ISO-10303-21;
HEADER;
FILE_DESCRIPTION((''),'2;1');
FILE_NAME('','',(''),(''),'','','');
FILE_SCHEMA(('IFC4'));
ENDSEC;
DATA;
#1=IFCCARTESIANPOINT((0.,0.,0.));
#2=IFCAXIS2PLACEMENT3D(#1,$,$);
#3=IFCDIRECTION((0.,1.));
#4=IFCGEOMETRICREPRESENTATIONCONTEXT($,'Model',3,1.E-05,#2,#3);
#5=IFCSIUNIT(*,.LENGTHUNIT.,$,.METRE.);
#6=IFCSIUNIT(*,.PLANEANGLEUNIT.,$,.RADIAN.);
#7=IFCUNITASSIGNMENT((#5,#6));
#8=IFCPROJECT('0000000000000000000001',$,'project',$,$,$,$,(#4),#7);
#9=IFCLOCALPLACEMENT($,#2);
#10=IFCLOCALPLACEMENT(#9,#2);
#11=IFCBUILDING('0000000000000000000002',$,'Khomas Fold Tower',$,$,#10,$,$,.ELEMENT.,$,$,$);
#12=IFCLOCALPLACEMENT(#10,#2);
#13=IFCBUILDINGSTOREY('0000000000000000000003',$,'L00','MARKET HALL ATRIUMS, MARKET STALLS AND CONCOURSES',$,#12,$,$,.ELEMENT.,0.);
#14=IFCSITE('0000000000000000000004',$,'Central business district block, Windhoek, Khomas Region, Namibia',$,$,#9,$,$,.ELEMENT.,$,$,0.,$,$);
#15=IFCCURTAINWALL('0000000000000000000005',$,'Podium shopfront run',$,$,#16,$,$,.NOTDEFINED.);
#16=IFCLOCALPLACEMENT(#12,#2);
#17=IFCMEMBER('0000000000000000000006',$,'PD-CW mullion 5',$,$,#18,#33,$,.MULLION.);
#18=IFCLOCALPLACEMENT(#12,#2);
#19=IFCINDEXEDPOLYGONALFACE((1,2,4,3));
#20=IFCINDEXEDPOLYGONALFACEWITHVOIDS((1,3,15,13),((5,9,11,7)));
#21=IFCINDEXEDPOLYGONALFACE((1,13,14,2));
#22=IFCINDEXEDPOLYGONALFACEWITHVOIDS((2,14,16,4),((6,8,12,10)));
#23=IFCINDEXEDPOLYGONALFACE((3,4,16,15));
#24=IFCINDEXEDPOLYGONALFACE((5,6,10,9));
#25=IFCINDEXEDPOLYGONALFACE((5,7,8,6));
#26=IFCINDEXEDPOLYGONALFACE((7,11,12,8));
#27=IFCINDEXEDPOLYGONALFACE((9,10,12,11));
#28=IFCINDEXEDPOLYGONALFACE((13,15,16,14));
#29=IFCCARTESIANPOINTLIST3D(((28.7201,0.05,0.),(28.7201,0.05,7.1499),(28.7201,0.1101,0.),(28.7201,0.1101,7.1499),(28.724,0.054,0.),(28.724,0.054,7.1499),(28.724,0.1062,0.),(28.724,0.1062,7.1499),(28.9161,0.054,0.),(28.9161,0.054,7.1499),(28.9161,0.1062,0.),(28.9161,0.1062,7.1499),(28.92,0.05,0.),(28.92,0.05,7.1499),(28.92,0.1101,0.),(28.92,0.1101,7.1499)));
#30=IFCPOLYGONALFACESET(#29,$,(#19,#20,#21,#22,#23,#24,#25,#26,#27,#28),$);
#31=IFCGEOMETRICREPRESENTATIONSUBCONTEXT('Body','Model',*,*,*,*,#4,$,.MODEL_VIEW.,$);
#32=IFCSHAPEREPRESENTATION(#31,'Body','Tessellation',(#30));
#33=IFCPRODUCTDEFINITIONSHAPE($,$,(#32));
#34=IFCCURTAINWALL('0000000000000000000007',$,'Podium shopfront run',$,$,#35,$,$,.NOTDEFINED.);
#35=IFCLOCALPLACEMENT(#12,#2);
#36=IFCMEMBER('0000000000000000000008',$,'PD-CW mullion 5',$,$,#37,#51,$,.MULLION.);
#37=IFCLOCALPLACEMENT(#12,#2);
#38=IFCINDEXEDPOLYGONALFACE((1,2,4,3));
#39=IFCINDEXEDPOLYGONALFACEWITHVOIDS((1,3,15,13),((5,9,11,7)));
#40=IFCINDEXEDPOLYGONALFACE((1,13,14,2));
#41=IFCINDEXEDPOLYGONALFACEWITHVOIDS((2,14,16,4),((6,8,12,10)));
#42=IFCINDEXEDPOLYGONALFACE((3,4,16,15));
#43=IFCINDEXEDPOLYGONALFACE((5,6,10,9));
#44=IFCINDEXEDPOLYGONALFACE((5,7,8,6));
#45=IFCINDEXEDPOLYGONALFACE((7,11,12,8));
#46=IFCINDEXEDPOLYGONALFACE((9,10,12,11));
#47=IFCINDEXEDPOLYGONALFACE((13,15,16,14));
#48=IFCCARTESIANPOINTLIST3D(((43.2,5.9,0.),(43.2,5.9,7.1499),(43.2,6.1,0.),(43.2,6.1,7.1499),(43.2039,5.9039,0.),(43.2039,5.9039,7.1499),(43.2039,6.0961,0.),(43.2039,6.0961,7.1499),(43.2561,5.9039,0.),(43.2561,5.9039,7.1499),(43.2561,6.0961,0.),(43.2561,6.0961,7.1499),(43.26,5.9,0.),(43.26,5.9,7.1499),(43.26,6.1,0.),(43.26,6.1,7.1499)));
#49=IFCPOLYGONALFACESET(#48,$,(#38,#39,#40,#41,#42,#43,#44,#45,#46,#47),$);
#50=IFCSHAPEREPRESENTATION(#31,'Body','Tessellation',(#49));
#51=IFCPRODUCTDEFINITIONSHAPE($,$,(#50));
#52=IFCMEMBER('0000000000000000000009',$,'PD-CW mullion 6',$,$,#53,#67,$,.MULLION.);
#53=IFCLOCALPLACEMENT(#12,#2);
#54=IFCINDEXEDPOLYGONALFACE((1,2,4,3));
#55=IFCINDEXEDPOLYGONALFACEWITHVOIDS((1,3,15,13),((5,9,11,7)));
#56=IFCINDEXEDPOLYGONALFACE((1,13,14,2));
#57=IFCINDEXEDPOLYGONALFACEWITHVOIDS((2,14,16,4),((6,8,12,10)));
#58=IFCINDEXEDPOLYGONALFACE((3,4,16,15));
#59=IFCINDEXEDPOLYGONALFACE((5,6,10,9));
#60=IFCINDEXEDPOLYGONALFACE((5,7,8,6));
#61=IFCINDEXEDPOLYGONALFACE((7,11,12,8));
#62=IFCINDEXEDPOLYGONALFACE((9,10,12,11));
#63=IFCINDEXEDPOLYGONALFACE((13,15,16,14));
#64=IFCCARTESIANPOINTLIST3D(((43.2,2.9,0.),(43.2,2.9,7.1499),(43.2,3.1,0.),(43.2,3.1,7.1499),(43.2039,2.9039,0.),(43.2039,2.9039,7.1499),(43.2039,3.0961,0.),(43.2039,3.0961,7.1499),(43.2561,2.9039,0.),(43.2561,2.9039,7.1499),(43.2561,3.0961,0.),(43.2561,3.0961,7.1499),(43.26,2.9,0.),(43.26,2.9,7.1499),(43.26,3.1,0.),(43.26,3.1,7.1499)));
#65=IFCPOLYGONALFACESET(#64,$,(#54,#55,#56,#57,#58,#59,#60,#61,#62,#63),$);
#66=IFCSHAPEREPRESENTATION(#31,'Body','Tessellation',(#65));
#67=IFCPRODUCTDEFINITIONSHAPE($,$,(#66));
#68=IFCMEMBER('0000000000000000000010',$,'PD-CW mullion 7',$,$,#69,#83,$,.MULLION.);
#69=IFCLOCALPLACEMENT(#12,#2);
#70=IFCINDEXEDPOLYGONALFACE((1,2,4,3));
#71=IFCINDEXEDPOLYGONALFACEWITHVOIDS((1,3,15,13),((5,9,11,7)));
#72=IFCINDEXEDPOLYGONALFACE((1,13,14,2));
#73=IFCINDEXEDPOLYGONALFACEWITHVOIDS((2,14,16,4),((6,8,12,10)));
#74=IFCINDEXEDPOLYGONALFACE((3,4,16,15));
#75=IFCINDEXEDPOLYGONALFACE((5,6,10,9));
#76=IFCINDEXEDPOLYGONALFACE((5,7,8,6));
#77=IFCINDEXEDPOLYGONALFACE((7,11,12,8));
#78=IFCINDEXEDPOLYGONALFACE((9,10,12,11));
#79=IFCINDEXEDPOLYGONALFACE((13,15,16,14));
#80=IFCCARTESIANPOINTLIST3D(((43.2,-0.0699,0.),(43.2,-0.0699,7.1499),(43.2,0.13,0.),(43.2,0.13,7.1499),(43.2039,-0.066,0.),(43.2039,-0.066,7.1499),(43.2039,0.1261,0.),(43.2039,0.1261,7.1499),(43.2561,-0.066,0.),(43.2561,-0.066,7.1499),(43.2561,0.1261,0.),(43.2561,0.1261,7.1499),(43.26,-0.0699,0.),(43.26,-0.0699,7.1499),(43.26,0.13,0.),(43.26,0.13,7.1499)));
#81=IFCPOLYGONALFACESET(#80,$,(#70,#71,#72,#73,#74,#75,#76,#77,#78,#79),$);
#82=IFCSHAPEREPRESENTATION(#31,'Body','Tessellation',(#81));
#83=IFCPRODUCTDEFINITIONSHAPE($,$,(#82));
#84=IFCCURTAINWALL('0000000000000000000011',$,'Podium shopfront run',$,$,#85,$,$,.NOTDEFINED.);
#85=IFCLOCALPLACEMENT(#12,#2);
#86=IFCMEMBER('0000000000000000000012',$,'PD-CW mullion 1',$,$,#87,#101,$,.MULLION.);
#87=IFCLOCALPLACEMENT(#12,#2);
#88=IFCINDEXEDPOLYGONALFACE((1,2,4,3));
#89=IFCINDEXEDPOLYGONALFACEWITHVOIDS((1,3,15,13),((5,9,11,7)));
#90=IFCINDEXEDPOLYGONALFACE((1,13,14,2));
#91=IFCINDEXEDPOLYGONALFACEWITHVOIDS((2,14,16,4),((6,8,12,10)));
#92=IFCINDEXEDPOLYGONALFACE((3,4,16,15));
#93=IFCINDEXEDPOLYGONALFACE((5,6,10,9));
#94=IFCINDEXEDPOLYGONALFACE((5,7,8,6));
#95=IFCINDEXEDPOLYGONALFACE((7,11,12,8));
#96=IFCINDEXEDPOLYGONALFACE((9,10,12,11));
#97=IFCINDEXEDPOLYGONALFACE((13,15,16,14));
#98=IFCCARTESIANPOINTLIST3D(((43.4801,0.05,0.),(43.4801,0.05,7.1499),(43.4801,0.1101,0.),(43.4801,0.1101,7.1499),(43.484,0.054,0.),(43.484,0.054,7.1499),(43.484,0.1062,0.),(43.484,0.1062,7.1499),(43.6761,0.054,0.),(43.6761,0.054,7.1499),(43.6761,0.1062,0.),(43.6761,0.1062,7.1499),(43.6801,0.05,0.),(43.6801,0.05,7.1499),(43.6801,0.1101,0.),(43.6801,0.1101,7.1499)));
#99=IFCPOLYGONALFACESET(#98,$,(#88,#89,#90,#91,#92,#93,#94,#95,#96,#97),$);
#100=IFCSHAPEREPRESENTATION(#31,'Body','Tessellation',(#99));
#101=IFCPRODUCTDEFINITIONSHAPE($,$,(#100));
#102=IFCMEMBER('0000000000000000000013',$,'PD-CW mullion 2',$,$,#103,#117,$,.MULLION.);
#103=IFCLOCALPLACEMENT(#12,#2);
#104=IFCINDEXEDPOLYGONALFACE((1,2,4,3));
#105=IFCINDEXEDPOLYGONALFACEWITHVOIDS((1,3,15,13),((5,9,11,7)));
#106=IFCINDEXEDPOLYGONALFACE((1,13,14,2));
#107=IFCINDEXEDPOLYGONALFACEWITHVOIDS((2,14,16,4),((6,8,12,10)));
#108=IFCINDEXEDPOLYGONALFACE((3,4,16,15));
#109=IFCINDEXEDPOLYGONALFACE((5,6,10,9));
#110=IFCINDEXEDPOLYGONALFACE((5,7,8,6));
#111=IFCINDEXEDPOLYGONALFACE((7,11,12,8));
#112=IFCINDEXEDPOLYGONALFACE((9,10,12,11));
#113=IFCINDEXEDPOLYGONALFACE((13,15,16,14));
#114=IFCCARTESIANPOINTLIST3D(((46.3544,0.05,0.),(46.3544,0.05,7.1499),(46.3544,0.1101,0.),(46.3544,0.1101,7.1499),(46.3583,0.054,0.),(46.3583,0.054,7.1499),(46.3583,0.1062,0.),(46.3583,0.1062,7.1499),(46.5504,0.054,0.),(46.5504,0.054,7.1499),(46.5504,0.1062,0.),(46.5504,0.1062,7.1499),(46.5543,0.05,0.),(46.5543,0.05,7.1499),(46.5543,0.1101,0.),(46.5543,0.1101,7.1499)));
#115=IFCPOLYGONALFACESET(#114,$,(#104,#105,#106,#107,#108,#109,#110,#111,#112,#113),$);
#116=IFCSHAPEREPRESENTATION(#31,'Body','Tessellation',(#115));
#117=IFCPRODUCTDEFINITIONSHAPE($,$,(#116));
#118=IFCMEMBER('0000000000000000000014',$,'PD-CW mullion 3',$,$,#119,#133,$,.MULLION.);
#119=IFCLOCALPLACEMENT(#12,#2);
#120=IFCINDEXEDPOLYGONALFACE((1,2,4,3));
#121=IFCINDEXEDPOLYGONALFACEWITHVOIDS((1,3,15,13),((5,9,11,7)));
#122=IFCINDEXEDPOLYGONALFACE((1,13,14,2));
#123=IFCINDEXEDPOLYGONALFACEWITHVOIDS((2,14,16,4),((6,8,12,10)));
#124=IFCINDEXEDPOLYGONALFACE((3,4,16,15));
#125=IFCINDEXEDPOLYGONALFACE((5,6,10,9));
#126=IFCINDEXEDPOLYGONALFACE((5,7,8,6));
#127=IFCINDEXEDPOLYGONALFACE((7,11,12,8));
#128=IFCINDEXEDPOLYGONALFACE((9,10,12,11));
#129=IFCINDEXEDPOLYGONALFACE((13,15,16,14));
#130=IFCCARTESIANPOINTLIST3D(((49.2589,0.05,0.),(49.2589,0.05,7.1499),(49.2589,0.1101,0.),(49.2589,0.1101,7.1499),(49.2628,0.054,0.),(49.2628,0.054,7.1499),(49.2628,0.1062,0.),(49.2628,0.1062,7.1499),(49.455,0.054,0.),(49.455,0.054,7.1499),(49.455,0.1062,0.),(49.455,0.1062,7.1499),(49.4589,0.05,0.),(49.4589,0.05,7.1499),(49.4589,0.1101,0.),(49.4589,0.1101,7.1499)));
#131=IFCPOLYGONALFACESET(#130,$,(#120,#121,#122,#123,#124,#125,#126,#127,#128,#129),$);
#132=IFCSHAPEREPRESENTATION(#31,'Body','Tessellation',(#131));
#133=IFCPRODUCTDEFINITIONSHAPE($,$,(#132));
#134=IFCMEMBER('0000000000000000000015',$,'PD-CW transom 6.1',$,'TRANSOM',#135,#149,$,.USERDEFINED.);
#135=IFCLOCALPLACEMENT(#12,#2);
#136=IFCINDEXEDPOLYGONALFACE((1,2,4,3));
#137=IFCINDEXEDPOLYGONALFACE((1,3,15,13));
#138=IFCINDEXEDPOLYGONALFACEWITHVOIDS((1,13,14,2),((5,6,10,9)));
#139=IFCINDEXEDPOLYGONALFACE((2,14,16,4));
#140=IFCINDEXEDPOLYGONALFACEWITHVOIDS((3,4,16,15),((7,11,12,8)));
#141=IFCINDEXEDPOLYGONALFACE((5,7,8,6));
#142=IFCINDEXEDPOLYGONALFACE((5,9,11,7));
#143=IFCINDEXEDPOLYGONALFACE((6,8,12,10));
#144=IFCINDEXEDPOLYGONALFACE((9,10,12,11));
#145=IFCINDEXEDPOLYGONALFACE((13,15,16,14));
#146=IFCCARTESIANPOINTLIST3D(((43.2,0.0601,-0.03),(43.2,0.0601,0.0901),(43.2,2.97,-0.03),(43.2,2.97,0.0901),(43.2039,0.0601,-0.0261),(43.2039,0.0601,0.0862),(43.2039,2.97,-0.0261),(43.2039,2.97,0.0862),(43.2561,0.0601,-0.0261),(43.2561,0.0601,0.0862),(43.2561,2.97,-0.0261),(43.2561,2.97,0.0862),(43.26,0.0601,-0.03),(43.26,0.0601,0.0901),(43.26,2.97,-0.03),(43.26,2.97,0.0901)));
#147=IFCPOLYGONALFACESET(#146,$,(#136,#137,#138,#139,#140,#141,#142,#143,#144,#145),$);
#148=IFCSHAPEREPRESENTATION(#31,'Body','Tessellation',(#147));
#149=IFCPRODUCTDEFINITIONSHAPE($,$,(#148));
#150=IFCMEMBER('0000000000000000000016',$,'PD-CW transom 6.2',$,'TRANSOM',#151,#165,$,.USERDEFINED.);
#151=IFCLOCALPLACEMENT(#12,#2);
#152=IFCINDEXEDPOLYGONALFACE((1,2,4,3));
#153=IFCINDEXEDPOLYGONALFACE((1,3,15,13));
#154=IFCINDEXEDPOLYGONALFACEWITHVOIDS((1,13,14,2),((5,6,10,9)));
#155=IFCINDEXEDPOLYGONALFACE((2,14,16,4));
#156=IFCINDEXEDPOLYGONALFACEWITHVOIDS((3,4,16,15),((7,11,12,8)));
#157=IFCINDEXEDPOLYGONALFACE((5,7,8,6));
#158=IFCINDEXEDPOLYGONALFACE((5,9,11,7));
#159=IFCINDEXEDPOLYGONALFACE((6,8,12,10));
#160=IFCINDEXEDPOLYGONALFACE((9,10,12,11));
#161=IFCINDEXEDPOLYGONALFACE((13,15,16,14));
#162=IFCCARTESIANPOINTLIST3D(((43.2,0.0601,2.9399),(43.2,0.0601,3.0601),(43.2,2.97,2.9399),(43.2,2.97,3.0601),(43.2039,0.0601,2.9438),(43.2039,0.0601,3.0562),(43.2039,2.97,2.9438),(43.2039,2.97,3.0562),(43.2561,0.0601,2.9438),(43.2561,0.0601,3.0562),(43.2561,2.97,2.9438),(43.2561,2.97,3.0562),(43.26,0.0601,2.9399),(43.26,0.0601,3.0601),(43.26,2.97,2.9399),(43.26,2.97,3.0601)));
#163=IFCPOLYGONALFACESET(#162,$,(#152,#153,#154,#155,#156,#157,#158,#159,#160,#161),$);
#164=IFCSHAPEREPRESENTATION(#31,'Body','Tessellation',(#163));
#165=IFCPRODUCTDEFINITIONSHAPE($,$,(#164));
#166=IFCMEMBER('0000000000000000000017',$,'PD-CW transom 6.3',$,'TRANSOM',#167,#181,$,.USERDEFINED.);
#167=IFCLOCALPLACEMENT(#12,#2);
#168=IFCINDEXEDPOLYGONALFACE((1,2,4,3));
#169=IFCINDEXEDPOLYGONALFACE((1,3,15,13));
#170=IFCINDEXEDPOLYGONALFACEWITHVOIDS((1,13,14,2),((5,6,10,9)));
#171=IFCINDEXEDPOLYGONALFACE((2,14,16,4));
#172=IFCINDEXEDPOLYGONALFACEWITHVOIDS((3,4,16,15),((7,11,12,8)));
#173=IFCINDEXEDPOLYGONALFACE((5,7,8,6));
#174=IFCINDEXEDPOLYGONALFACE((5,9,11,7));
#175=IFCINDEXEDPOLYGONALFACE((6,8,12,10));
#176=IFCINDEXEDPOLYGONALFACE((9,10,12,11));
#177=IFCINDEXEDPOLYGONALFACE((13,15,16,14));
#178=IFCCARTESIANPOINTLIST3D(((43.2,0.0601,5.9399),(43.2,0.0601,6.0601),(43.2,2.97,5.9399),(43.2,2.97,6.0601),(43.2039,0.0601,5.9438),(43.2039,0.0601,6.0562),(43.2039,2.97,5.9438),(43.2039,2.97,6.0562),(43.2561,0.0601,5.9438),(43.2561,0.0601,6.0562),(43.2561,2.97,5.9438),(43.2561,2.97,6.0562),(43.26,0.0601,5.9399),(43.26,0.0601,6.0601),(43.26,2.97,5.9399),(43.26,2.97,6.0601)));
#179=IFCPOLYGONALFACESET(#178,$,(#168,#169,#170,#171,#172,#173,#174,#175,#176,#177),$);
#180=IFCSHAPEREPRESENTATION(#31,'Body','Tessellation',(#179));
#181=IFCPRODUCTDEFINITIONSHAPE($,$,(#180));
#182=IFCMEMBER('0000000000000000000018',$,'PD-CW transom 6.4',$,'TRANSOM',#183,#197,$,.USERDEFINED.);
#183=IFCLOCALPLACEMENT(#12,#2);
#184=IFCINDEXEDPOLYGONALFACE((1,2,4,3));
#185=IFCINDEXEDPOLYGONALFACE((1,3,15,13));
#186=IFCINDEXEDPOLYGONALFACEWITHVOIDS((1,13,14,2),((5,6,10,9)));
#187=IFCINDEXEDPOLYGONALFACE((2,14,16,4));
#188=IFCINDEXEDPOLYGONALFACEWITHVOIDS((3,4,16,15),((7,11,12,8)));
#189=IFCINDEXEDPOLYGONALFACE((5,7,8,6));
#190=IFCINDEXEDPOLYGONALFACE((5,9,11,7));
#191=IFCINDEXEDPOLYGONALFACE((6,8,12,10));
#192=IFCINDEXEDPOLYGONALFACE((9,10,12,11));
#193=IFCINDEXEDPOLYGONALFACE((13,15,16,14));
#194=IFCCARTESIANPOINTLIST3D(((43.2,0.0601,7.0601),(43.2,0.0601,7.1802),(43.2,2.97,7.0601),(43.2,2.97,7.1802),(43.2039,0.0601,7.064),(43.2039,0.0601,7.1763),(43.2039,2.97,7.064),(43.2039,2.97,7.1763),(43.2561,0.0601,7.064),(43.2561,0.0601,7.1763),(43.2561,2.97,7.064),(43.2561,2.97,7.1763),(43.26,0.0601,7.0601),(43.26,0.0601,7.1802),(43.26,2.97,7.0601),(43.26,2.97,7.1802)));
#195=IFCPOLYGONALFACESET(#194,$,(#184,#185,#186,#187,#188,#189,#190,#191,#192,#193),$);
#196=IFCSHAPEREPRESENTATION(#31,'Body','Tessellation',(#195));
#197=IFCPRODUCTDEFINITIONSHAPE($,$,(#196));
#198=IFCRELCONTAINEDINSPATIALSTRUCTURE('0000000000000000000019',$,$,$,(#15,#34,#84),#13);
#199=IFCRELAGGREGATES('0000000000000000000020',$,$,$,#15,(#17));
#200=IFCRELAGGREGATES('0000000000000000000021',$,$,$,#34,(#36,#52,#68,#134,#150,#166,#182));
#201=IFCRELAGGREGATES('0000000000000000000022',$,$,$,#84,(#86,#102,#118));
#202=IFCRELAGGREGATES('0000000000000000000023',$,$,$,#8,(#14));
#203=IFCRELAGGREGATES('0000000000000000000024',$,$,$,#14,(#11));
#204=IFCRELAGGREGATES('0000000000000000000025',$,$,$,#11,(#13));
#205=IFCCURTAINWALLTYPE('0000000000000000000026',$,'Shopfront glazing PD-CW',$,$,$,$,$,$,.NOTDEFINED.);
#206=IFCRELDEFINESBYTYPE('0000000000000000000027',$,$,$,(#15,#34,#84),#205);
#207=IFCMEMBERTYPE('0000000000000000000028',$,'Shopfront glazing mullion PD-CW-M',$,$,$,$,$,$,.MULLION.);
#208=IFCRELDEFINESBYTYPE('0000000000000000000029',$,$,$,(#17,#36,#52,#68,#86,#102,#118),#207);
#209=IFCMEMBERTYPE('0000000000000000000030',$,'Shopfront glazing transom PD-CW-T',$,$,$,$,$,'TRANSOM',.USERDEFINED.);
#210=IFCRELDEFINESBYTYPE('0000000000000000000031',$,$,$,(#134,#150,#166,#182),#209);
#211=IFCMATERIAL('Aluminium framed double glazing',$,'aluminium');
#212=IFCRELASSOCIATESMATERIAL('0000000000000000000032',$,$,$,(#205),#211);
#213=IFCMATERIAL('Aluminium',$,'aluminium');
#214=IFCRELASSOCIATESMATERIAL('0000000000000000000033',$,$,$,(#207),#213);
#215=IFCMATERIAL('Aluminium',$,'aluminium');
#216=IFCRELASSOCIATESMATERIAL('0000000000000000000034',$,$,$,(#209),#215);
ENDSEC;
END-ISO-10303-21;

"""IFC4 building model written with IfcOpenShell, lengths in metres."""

from ifc_helpers import new_model, si_unit, direction, frame, origin, origin_2d, place, context, subcontext, project, spatial, hollow_rectangle, extrude, source, transform, mapped, material, material_profile, profile_set, type_object, element, aggregate, save


model = new_model("IFC4")

# Units and contexts
model_context = context("Model", 3, precision=1e-05, world=origin(), true_north=direction((0.0, 1.0)))
body_context = subcontext(model_context, "Body", "Model", "MODEL_VIEW")
ifc_project = project(units=[si_unit("LENGTHUNIT", "METRE"), si_unit("PLANEANGLEUNIT", "RADIAN")], contexts=[model_context])

# Site, building, storey
site_placement = place(None, origin())
site = spatial("IfcSite", under=ifc_project, at=site_placement, Name="Central business district block, Windhoek, Khomas Region, Namibia", CompositionType="ELEMENT", RefElevation=0.0)
building_placement = place(site_placement, origin())
building = spatial("IfcBuilding", under=site, at=building_placement, Name="Khomas Fold Tower", CompositionType="ELEMENT")
storey_placement = place(building_placement, origin())
storey = spatial("IfcBuildingStorey", under=building, at=storey_placement, Name="L00", Description="MARKET HALL ATRIUMS, MARKET STALLS AND CONCOURSES", CompositionType="ELEMENT", Elevation=0.0)

# Curtain wall, member
ifc_material_1 = material(Name="Aluminium framed double glazing", Category="aluminium")
curtain_wall_type = type_object("IfcCurtainWallType", Name="Shopfront glazing PD-CW", PredefinedType="NOTDEFINED", material=ifc_material_1)
curtain_wall_1_placement = place(storey_placement, origin())
curtain_wall_1 = element("IfcCurtainWall", 1, at=curtain_wall_1_placement, inside=storey, type_object=curtain_wall_type, Name="Podium shopfront run", PredefinedType="NOTDEFINED")
ifc_material_2 = material(Name="Aluminium", Category="aluminium")
ifc_material_profile_1 = material_profile(ifc_material_2, hollow_rectangle(XDim=0.0601, YDim=0.2, WallThickness=0.0039, at=origin_2d()), Name="Shopfront glazing mullion PD-CW-M")
ifc_profile_set_1 = profile_set([ifc_material_profile_1], Name="Aluminium")
member_type_1 = type_object("IfcMemberType", Name="Shopfront glazing mullion PD-CW-M", PredefinedType="MULLION", material=ifc_profile_set_1)
shared_shape_1 = source(origin(), body_context, "Body", "SweptSolid", [
    extrude(hollow_rectangle(XDim=0.0601, YDim=0.2, WallThickness=0.0039, at=origin_2d()), origin(), (0.0, 0.0, 1.0), 7.1499),
])
member_1_placement = place(storey_placement, frame((28.8201, 0.0801, 0.0), z_axis=(0.0, 0.0, 1.0), x_axis=(0.0, 1.0, 0.0)))
member_1 = element("IfcMember", 2, at=member_1_placement, type_object=member_type_1, Name="PD-CW mullion 5", PredefinedType="MULLION", context=body_context, shape_type="MappedRepresentation", body=[
    mapped(shared_shape_1, transform((0.0, 0.0, 0.0))),
])
aggregate(curtain_wall_1, [member_1])

# Curtain walls, members
curtain_wall_2_placement = place(storey_placement, origin())
curtain_wall_2 = element("IfcCurtainWall", 3, at=curtain_wall_2_placement, inside=storey, type_object=curtain_wall_type, Name="Podium shopfront run", PredefinedType="NOTDEFINED")
member_2_placement = place(storey_placement, frame((43.23, 6.0, 0.0), z_axis=(0.0, 0.0, 1.0), x_axis=(1.0, 0.0, 0.0)))
member_2 = element("IfcMember", 4, at=member_2_placement, type_object=member_type_1, Name="PD-CW mullion 5", PredefinedType="MULLION", context=body_context, shape_type="MappedRepresentation", body=[
    mapped(shared_shape_1, transform((0.0, 0.0, 0.0))),
])
member_3_placement = place(storey_placement, frame((43.23, 3.0, 0.0), z_axis=(0.0, 0.0, 1.0), x_axis=(1.0, 0.0, 0.0)))
member_3 = element("IfcMember", 5, at=member_3_placement, type_object=member_type_1, Name="PD-CW mullion 6", PredefinedType="MULLION", context=body_context, shape_type="MappedRepresentation", body=[
    mapped(shared_shape_1, transform((0.0, 0.0, 0.0))),
])
member_4_placement = place(storey_placement, frame((43.23, 0.03, 0.0), z_axis=(0.0, 0.0, 1.0), x_axis=(1.0, 0.0, 0.0)))
member_4 = element("IfcMember", 6, at=member_4_placement, type_object=member_type_1, Name="PD-CW mullion 7", PredefinedType="MULLION", context=body_context, shape_type="MappedRepresentation", body=[
    mapped(shared_shape_1, transform((0.0, 0.0, 0.0))),
])
curtain_wall_3_placement = place(storey_placement, origin())
curtain_wall_3 = element("IfcCurtainWall", 7, at=curtain_wall_3_placement, inside=storey, type_object=curtain_wall_type, Name="Podium shopfront run", PredefinedType="NOTDEFINED")
member_5_placement = place(storey_placement, frame((43.5801, 0.0801, 0.0), z_axis=(0.0, 0.0, 1.0), x_axis=(0.0, 1.0, 0.0)))
member_5 = element("IfcMember", 8, at=member_5_placement, type_object=member_type_1, Name="PD-CW mullion 1", PredefinedType="MULLION", context=body_context, shape_type="MappedRepresentation", body=[
    mapped(shared_shape_1, transform((0.0, 0.0, 0.0))),
])
member_6_placement = place(storey_placement, frame((46.4543, 0.0801, 0.0), z_axis=(0.0, 0.0, 1.0), x_axis=(0.0, 1.0, 0.0)))
member_6 = element("IfcMember", 9, at=member_6_placement, type_object=member_type_1, Name="PD-CW mullion 2", PredefinedType="MULLION", context=body_context, shape_type="MappedRepresentation", body=[
    mapped(shared_shape_1, transform((0.0, 0.0, 0.0))),
])
member_7_placement = place(storey_placement, frame((49.3589, 0.0801, 0.0), z_axis=(0.0, 0.0, 1.0), x_axis=(0.0, 1.0, 0.0)))
member_7 = element("IfcMember", 10, at=member_7_placement, type_object=member_type_1, Name="PD-CW mullion 3", PredefinedType="MULLION", context=body_context, shape_type="MappedRepresentation", body=[
    mapped(shared_shape_1, transform((0.0, 0.0, 0.0))),
])

# Members
ifc_material_3 = material(Name="Aluminium", Category="aluminium")
ifc_material_profile_2 = material_profile(ifc_material_3, hollow_rectangle(XDim=0.0601, YDim=0.1201, WallThickness=0.0039, at=origin_2d()), Name="Shopfront glazing transom PD-CW-T")
ifc_profile_set_2 = profile_set([ifc_material_profile_2], Name="Aluminium")
member_type_2 = type_object("IfcMemberType", Name="Shopfront glazing transom PD-CW-T", ElementType="TRANSOM", PredefinedType="USERDEFINED", material=ifc_profile_set_2)
shared_shape_2 = source(origin(), body_context, "Body", "SweptSolid", [
    extrude(hollow_rectangle(XDim=0.0601, YDim=0.1201, WallThickness=0.0039, at=origin_2d()), origin(), (0.0, 0.0, 1.0), 2.9099),
])
member_8_placement = place(storey_placement, frame((43.23, 2.97, 0.03), z_axis=(0.0, -1.0, 0.0), x_axis=(1.0, 0.0, 0.0)))
member_8 = element("IfcMember", 11, at=member_8_placement, type_object=member_type_2, Name="PD-CW transom 6.1", ObjectType="TRANSOM", PredefinedType="USERDEFINED", context=body_context, shape_type="MappedRepresentation", body=[
    mapped(shared_shape_2, transform((0.0, 0.0, 0.0))),
])
member_9_placement = place(storey_placement, frame((43.23, 2.97, 3.0), z_axis=(0.0, -1.0, 0.0), x_axis=(1.0, 0.0, 0.0)))
member_9 = element("IfcMember", 12, at=member_9_placement, type_object=member_type_2, Name="PD-CW transom 6.2", ObjectType="TRANSOM", PredefinedType="USERDEFINED", context=body_context, shape_type="MappedRepresentation", body=[
    mapped(shared_shape_2, transform((0.0, 0.0, 0.0))),
])
member_10_placement = place(storey_placement, frame((43.23, 2.97, 6.0), z_axis=(0.0, -1.0, 0.0), x_axis=(1.0, 0.0, 0.0)))
member_10 = element("IfcMember", 13, at=member_10_placement, type_object=member_type_2, Name="PD-CW transom 6.3", ObjectType="TRANSOM", PredefinedType="USERDEFINED", context=body_context, shape_type="MappedRepresentation", body=[
    mapped(shared_shape_2, transform((0.0, 0.0, 0.0))),
])
member_11_placement = place(storey_placement, frame((43.23, 2.97, 7.1201), z_axis=(0.0, -1.0, 0.0), x_axis=(1.0, 0.0, 0.0)))
member_11 = element("IfcMember", 14, at=member_11_placement, type_object=member_type_2, Name="PD-CW transom 6.4", ObjectType="TRANSOM", PredefinedType="USERDEFINED", context=body_context, shape_type="MappedRepresentation", body=[
    mapped(shared_shape_2, transform((0.0, 0.0, 0.0))),
])

aggregate(curtain_wall_2, [member_2, member_3, member_4, member_8, member_9, member_10, member_11])
aggregate(curtain_wall_3, [member_5, member_6, member_7])

save(model, "model.ifc")
